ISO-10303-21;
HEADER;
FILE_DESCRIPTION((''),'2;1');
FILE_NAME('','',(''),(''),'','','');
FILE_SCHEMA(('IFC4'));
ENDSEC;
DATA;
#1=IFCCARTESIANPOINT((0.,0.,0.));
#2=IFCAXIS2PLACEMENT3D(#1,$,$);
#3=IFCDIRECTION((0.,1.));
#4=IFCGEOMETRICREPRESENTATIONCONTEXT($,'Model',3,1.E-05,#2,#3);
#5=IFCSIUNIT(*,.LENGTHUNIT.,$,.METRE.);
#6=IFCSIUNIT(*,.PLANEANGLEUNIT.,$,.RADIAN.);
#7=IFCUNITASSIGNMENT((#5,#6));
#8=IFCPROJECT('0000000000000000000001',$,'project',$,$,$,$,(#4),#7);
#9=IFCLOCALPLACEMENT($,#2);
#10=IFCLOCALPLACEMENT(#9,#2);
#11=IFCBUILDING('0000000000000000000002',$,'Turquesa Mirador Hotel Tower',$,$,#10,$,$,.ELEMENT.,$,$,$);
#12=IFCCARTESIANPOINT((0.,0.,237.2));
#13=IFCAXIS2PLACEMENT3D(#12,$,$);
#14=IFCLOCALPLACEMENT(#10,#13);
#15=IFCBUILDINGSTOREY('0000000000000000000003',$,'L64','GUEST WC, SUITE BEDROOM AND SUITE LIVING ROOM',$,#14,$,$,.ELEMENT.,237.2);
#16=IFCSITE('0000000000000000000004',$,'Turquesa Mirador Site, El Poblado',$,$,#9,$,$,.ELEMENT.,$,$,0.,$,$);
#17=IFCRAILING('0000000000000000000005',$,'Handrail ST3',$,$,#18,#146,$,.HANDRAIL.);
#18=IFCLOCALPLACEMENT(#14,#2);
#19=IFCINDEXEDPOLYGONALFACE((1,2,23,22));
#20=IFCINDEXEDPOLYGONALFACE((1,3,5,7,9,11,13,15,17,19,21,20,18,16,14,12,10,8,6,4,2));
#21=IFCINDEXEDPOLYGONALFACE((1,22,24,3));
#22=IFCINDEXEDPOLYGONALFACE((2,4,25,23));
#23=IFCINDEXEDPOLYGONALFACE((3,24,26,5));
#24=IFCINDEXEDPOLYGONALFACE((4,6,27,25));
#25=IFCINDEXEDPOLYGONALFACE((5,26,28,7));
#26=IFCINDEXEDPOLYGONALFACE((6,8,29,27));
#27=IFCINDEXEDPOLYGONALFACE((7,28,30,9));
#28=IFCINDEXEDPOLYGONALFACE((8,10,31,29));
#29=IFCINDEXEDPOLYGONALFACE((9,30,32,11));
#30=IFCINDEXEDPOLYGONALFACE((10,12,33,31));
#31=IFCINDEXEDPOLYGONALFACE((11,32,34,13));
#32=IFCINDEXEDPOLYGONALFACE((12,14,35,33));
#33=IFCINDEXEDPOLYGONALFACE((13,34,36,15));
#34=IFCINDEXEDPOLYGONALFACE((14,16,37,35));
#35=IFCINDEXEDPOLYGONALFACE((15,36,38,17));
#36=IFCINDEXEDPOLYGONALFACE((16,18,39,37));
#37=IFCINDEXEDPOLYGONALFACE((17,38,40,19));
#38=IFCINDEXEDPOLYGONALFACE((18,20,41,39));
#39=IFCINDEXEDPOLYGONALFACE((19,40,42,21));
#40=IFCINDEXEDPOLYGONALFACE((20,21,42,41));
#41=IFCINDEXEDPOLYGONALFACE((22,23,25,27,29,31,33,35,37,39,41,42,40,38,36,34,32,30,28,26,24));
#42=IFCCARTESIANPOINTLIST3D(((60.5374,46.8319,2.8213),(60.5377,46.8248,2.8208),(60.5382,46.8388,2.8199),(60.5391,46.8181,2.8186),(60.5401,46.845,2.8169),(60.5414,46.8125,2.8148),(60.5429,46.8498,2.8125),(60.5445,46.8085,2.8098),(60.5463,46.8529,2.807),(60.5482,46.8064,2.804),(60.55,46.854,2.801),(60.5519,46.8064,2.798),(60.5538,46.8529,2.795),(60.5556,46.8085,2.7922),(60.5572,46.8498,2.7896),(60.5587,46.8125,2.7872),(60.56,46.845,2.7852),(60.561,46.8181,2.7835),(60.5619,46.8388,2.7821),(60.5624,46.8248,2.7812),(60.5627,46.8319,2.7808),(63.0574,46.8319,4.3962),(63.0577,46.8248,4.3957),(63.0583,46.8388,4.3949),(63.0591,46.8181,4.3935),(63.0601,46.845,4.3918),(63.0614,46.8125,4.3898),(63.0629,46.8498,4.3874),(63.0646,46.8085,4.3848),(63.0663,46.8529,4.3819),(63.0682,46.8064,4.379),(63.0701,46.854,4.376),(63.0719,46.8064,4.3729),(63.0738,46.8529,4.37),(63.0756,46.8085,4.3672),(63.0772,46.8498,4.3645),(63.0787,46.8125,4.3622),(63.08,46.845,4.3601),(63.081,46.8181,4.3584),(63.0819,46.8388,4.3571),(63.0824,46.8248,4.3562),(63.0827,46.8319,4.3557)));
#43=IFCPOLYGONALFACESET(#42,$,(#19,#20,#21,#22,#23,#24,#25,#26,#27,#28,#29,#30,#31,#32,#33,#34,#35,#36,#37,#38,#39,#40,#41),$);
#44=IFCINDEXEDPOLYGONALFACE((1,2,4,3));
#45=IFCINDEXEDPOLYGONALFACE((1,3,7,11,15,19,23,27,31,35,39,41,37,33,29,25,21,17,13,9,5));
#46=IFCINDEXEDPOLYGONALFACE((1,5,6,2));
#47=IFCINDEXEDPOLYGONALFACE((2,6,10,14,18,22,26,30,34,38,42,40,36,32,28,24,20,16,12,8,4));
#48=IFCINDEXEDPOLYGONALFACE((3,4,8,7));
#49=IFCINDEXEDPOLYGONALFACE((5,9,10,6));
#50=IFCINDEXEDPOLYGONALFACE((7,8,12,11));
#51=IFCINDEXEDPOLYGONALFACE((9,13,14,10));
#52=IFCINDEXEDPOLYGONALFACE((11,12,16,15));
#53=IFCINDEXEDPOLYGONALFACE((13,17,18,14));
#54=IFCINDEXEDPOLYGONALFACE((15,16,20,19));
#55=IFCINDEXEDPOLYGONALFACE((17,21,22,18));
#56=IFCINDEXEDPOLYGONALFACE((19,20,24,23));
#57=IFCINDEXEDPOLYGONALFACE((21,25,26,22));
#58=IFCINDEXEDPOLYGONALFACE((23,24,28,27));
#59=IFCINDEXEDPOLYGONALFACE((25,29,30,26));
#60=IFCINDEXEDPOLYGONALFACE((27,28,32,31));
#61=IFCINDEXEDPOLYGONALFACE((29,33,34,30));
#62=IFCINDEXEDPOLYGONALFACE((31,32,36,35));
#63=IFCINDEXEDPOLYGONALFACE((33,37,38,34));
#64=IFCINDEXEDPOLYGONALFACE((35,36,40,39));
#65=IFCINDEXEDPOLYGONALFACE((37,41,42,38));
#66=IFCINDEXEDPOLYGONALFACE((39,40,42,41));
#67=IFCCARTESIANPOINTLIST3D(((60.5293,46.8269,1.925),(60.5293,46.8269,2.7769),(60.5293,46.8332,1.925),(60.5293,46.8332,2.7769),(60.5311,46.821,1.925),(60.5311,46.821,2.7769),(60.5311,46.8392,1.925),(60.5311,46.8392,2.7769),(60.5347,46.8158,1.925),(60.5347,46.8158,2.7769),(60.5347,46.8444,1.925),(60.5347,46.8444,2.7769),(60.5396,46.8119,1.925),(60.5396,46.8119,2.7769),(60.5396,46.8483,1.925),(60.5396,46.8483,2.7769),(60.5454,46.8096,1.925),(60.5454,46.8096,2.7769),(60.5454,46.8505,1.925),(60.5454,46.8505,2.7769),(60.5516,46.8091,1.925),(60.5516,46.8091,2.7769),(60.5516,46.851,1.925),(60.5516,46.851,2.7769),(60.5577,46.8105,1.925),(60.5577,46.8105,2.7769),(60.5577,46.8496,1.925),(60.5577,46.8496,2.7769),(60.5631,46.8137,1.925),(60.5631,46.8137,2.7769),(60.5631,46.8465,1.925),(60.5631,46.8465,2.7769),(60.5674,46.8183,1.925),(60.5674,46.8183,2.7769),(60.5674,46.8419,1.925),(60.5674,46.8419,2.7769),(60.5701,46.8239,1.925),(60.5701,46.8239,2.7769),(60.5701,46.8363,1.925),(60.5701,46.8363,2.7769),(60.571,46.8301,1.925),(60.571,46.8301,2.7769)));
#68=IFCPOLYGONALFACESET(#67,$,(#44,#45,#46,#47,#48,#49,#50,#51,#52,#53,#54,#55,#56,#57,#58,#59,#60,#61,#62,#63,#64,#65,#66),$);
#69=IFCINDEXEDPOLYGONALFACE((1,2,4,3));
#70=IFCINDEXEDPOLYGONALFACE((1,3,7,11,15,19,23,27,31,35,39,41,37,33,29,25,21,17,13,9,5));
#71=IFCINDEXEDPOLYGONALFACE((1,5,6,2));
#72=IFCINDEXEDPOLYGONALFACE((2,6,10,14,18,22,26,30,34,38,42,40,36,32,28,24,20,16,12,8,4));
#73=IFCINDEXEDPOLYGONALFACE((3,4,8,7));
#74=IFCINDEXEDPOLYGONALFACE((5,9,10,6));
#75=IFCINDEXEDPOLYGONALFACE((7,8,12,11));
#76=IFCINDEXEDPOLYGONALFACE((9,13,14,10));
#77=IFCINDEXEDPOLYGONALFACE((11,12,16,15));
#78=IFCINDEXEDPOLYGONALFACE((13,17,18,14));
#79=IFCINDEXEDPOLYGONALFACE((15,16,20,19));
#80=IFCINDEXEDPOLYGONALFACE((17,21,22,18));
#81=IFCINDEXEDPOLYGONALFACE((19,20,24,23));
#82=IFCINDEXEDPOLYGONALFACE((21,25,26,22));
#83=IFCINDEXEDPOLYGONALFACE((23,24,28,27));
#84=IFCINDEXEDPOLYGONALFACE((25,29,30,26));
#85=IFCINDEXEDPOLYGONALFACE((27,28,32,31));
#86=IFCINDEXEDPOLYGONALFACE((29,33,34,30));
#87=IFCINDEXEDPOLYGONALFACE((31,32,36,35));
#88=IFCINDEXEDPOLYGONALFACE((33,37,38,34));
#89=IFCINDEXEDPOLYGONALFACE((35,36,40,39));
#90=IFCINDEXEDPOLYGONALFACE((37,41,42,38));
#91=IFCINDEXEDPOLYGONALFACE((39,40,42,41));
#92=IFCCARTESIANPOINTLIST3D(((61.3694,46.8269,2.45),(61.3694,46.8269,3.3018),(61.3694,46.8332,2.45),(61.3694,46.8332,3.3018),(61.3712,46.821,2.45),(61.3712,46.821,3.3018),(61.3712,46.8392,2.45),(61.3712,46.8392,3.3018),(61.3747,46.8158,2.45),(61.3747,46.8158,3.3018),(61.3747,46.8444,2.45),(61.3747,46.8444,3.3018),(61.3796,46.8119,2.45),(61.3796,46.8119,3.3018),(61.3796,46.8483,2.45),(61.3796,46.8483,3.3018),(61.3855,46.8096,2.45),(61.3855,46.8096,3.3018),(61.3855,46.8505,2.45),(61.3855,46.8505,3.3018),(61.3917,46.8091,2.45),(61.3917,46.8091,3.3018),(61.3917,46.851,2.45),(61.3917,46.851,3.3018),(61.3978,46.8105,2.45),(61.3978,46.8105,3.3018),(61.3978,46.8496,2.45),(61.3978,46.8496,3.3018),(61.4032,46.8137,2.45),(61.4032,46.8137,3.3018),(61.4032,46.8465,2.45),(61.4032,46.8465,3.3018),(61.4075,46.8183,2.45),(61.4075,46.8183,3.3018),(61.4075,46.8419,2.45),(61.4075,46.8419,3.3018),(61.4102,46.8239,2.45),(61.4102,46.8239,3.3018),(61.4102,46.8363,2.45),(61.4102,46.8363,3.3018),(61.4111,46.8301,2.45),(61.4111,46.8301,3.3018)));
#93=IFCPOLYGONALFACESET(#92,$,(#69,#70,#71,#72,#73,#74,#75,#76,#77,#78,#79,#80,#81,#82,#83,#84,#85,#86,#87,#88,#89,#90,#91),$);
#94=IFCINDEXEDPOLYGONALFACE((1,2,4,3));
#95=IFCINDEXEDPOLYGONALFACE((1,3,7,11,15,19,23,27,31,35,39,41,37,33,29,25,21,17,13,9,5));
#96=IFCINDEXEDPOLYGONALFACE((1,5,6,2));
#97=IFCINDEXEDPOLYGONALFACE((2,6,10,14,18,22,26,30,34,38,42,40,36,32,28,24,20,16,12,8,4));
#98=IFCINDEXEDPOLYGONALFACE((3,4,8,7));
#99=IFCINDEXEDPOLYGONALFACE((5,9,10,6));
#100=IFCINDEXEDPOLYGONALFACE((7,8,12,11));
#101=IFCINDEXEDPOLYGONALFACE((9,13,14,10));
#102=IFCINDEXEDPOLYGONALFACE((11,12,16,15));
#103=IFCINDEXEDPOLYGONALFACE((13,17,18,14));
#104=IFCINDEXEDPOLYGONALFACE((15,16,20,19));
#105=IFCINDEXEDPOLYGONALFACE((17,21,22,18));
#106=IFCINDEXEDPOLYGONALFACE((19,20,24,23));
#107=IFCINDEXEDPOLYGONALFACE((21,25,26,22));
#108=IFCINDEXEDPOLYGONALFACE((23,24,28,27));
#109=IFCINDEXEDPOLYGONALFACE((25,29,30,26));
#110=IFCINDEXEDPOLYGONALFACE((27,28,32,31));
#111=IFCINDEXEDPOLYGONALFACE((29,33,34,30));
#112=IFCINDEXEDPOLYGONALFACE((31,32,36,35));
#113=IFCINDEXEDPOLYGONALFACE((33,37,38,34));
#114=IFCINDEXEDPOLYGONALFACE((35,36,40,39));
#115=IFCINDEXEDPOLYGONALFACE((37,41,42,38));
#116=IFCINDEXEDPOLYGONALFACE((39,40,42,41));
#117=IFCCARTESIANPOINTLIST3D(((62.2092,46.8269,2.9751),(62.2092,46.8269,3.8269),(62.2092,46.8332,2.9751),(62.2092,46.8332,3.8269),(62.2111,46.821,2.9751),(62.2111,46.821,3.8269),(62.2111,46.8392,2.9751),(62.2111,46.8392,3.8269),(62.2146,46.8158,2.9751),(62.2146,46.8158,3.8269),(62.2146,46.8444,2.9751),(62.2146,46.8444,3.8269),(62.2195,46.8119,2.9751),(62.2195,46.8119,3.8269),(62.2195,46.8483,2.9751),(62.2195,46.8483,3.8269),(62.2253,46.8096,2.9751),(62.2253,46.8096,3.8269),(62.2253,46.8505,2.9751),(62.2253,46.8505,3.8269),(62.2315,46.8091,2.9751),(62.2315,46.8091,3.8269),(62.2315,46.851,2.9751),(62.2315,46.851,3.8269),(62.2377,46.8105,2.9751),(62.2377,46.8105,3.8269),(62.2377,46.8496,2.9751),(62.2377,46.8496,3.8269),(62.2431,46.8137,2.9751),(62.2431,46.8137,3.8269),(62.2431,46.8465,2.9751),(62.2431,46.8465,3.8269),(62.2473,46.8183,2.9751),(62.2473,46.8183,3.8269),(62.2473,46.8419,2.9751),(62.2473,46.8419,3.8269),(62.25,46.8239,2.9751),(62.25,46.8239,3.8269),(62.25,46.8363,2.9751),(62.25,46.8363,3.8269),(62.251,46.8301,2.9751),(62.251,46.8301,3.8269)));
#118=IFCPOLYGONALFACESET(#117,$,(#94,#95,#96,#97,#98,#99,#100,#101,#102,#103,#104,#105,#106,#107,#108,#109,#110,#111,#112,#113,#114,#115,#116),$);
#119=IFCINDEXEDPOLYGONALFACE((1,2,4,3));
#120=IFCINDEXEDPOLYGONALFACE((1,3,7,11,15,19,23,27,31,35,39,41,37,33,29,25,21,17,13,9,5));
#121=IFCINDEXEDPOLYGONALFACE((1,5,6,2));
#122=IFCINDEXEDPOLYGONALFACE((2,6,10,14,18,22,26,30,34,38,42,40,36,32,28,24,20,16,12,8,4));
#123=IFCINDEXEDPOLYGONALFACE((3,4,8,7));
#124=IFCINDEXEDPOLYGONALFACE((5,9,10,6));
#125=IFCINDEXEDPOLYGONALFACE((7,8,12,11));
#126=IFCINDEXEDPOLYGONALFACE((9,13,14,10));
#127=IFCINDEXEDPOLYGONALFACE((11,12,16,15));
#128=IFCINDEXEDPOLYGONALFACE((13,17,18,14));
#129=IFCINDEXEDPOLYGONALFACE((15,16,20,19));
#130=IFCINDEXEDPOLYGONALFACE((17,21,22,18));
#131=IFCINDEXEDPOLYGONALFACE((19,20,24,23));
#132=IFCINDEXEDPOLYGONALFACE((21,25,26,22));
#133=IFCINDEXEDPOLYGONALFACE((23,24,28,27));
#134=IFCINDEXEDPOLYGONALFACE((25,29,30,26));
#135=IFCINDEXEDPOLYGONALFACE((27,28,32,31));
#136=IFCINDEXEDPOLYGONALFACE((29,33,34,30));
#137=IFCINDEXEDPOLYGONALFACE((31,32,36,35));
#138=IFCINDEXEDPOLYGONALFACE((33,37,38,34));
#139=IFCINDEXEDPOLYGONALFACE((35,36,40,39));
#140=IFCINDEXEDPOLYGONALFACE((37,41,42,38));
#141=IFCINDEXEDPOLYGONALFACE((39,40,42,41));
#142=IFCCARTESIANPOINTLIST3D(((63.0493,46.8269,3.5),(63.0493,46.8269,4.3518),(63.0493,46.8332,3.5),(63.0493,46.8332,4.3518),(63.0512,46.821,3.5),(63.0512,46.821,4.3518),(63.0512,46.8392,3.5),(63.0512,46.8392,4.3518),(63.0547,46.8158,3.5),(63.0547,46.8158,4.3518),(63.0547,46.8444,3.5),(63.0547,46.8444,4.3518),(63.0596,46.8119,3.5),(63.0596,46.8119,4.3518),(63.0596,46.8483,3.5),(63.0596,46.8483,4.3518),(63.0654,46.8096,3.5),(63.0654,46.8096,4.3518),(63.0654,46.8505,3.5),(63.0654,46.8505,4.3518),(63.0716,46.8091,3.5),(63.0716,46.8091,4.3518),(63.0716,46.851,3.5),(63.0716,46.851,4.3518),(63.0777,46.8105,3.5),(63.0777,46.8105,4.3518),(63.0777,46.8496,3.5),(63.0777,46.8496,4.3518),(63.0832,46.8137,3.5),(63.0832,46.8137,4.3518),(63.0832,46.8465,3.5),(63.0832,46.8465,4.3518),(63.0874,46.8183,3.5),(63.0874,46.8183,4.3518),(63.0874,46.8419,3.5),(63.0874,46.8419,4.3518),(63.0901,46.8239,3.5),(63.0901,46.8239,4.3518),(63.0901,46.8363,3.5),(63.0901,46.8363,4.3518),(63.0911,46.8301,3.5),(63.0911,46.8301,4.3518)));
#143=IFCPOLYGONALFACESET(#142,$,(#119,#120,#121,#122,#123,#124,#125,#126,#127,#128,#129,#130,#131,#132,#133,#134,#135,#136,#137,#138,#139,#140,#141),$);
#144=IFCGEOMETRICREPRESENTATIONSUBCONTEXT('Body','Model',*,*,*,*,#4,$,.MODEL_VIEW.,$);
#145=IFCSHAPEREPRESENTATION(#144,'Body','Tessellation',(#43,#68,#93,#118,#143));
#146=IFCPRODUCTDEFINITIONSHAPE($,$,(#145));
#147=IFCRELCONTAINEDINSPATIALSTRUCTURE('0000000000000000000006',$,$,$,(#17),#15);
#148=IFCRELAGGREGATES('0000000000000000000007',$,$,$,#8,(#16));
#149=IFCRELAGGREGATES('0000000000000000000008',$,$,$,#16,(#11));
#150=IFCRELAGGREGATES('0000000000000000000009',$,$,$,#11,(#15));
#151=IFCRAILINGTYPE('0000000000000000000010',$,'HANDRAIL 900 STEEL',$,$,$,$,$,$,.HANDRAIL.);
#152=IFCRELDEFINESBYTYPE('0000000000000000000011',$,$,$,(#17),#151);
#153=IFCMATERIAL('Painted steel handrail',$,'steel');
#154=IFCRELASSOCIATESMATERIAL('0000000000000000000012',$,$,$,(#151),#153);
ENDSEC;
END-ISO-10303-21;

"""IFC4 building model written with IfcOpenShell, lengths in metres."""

from ifc_helpers import new_model, si_unit, direction, frame, origin, origin_2d, place, context, subcontext, project, spatial, circle, extrude, material, type_object, element, save


model = new_model("IFC4")

# Units and contexts
model_context = context("Model", 3, precision=1e-05, world=origin(), true_north=direction((0.0, 1.0)))
body_context = subcontext(model_context, "Body", "Model", "MODEL_VIEW")
ifc_project = project(units=[si_unit("LENGTHUNIT", "METRE"), si_unit("PLANEANGLEUNIT", "RADIAN")], contexts=[model_context])

# Site, building, storey
site_placement = place(None, origin())
site = spatial("IfcSite", under=ifc_project, at=site_placement, Name="Turquesa Mirador Site, El Poblado", CompositionType="ELEMENT", RefElevation=0.0)
building_placement = place(site_placement, origin())
building = spatial("IfcBuilding", under=site, at=building_placement, Name="Turquesa Mirador Hotel Tower", CompositionType="ELEMENT")
storey_placement = place(building_placement, frame((0.0, 0.0, 237.2)))
storey = spatial("IfcBuildingStorey", under=building, at=storey_placement, Name="L64", Description="GUEST WC, SUITE BEDROOM AND SUITE LIVING ROOM", CompositionType="ELEMENT", Elevation=237.2)

# Railing
ifc_material_1 = material(Name="Painted steel handrail", Category="steel")
railing_type = type_object("IfcRailingType", Name="HANDRAIL 900 STEEL", PredefinedType="HANDRAIL", material=ifc_material_1)
railing_1_placement = place(storey_placement, frame((60.55, 46.8301, 1.925)))
element("IfcRailing", 1, at=railing_1_placement, inside=storey, type_object=railing_type, Name="Handrail ST3", PredefinedType="HANDRAIL", context=body_context, shape_type="SweptSolid", body=[
    extrude(circle(Radius=0.0239, at=origin_2d()), frame((0.0, 0.0, 0.876), z_axis=(0.848008, 0.0, 0.529984), x_axis=(0.0, 1.0, 0.0)), (0.0, 0.0, 1.0), 2.9717),
    extrude(circle(Radius=0.021, at=origin_2d()), origin(), (0.0, 0.0, 1.0), 0.8518),
    extrude(circle(Radius=0.021, at=origin_2d()), frame((0.8401, 0.0, 0.5249)), (0.0, 0.0, 1.0), 0.8518),
    extrude(circle(Radius=0.021, at=origin_2d()), frame((1.6799, 0.0, 1.05)), (0.0, 0.0, 1.0), 0.8518),
    extrude(circle(Radius=0.021, at=origin_2d()), frame((2.52, 0.0, 1.575)), (0.0, 0.0, 1.0), 0.8518),
])

save(model, "model.ifc")
